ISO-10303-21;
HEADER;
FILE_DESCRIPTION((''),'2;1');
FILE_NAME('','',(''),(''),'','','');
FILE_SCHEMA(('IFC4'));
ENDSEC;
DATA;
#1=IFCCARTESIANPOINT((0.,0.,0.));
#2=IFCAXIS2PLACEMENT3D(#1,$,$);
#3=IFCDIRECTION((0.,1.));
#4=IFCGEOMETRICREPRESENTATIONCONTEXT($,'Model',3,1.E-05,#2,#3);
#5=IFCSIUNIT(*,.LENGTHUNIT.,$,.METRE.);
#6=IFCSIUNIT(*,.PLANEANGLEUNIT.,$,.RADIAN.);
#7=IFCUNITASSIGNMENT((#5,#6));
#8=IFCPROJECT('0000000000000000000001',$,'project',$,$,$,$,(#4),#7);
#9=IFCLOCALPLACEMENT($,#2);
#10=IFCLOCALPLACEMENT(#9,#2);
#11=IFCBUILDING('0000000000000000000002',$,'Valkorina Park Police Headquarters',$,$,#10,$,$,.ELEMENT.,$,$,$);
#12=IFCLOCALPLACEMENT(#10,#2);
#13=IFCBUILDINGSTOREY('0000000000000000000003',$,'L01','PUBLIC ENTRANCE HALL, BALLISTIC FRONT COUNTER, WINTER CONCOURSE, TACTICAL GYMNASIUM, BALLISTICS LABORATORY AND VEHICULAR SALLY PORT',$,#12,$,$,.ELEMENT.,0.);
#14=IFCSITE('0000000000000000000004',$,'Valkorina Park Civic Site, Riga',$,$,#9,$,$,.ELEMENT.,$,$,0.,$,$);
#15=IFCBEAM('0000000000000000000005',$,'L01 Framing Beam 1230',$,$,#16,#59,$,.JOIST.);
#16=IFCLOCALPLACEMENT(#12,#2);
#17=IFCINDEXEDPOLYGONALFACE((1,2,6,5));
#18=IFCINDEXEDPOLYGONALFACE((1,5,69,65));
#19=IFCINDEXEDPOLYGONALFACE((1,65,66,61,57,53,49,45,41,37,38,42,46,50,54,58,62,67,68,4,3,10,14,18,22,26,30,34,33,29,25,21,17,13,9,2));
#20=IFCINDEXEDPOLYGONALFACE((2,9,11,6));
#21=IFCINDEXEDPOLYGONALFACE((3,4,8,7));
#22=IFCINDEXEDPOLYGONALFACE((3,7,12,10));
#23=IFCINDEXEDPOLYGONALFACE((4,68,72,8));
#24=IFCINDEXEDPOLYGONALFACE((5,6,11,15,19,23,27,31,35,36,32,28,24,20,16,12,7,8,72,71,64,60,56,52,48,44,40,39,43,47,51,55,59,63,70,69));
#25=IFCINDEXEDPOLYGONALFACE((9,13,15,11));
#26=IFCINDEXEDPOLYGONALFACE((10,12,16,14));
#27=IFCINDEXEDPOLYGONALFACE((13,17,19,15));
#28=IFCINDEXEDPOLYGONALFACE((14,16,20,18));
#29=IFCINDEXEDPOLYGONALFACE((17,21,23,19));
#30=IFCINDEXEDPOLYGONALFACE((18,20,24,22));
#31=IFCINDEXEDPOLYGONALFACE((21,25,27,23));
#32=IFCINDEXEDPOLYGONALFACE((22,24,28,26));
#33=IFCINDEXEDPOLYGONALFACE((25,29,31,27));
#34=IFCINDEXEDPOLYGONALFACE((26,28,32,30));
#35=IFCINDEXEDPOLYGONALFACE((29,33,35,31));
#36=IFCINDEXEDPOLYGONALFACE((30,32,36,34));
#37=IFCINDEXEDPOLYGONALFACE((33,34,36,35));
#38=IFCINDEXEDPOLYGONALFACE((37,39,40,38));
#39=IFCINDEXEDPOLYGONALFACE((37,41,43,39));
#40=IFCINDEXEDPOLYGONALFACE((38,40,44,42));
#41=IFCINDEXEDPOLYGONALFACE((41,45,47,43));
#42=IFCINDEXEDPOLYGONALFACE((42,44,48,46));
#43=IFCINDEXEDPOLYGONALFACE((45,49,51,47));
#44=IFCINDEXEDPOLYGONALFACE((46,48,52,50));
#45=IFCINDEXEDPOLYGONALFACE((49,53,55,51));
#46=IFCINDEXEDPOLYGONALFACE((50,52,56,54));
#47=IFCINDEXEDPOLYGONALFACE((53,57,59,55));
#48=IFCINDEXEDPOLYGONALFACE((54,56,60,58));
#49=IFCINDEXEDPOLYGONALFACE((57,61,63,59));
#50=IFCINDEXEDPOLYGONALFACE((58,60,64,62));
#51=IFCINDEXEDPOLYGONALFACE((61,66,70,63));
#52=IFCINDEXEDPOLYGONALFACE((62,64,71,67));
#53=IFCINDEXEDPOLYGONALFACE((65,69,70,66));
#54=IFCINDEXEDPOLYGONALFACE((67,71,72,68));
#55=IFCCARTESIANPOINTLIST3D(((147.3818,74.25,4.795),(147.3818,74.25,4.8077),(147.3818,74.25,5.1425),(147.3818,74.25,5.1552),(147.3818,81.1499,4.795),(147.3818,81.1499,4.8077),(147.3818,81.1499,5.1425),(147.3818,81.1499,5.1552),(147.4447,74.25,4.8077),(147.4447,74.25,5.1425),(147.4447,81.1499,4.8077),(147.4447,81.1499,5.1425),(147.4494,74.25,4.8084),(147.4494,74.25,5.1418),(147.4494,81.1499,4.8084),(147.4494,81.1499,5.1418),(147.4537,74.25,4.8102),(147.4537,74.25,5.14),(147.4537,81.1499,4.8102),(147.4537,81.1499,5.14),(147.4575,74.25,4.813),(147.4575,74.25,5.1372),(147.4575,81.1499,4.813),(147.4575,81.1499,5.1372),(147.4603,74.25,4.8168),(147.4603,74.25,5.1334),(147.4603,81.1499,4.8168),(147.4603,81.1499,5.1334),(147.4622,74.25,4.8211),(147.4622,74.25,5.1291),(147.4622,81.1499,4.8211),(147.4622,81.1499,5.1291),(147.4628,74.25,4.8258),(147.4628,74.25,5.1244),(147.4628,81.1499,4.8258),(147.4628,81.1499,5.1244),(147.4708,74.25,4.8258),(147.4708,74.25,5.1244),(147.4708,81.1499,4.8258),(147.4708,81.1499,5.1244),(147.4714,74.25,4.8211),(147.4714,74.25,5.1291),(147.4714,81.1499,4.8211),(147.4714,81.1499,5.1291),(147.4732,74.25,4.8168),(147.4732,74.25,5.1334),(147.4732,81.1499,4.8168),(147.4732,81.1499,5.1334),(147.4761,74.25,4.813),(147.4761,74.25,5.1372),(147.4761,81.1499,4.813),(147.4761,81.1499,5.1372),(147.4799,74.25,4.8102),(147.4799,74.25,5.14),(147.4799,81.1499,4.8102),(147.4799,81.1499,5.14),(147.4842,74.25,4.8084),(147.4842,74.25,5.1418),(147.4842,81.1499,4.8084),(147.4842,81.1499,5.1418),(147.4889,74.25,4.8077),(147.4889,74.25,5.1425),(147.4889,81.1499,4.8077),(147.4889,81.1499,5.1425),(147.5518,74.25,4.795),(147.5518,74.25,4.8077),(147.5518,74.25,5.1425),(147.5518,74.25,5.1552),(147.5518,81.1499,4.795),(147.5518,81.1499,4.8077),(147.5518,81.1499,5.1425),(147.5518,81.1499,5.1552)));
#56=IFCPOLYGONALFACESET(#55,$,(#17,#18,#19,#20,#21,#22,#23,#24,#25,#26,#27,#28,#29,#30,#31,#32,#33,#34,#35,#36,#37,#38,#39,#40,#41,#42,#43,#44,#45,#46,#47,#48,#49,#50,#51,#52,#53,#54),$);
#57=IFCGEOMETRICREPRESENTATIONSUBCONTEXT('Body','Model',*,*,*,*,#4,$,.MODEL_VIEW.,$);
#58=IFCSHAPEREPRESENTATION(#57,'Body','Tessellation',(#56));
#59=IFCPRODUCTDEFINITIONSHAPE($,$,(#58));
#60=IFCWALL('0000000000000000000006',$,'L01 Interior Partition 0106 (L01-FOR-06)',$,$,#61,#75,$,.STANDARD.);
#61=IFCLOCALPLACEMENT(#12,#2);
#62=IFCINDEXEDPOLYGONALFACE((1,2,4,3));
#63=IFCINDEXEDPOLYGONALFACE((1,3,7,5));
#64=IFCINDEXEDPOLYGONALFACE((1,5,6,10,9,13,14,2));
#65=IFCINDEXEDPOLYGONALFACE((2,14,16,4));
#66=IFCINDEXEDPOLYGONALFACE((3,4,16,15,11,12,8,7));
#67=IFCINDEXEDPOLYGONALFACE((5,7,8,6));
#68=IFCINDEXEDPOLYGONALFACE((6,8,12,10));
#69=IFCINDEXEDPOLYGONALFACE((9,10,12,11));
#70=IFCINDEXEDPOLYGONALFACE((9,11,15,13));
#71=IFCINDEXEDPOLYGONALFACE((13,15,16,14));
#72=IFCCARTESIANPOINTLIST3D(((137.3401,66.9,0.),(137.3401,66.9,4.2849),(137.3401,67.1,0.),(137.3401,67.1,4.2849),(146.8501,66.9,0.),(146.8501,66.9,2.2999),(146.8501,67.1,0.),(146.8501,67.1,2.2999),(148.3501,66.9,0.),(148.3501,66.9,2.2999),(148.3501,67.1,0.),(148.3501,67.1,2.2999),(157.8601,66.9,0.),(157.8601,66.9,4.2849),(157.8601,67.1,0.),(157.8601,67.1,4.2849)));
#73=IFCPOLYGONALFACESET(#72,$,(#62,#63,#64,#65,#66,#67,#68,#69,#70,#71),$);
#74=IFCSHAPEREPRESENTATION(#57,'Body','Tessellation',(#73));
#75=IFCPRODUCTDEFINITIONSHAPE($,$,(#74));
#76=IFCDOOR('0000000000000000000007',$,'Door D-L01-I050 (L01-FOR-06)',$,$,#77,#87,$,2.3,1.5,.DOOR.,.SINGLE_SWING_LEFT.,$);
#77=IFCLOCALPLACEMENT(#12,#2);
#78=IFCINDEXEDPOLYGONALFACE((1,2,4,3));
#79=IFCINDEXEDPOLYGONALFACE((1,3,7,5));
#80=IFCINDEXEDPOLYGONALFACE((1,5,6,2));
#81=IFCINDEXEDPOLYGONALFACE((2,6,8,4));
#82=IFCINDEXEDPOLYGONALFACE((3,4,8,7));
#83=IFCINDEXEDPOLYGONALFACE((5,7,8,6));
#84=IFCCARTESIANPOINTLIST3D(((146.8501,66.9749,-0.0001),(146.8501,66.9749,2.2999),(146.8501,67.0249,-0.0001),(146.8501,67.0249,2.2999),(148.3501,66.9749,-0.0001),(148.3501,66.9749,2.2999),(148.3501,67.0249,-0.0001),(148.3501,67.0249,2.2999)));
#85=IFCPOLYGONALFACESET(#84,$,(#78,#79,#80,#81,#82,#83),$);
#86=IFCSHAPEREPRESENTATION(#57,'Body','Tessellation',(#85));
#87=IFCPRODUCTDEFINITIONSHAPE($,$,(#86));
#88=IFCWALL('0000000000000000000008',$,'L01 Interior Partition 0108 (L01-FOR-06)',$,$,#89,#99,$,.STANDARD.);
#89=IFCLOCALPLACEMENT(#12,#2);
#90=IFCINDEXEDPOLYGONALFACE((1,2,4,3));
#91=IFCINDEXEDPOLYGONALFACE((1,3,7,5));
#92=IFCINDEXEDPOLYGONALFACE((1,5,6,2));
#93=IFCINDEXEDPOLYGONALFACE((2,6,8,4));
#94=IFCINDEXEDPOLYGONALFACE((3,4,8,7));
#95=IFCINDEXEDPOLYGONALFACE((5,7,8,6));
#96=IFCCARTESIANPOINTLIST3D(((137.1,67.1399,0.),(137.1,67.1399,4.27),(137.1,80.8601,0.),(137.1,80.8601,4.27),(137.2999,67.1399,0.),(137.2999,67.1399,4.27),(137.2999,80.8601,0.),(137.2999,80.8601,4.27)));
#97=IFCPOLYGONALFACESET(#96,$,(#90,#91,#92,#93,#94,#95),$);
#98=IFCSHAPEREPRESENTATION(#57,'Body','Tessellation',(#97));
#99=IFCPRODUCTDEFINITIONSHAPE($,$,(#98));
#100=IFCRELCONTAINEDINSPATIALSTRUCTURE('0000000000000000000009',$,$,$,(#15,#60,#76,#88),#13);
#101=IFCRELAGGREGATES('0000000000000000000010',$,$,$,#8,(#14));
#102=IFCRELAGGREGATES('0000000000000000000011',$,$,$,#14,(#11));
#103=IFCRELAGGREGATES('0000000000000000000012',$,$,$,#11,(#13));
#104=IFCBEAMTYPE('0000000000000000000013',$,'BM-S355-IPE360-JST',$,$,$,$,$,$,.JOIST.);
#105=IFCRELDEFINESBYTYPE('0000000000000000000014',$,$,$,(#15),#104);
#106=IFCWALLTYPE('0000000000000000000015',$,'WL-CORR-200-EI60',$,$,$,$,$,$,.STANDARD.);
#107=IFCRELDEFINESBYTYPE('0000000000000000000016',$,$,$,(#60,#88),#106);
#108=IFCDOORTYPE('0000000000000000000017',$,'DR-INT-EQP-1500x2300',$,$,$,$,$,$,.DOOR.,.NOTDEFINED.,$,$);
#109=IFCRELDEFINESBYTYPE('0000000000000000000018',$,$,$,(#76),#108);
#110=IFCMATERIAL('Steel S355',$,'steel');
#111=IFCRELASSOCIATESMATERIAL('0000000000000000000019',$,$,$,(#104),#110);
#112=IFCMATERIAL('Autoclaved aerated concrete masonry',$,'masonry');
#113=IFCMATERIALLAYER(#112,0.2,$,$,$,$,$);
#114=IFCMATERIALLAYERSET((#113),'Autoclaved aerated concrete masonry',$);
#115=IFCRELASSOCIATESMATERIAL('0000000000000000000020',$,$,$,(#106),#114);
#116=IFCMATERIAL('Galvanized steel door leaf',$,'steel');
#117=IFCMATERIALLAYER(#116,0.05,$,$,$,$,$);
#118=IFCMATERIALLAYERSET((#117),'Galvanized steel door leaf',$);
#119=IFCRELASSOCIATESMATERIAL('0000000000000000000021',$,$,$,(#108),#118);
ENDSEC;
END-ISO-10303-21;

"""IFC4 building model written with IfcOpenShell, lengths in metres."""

from ifc_helpers import new_model, si_unit, direction, frame, frame_2d, origin, origin_2d, place, context, subcontext, project, spatial, rectangle, i_section, extrude, material, layer, layer_set, material_profile, profile_set, type_object, element, fill, save


model = new_model("IFC4")

# Units and contexts
model_context = context("Model", 3, precision=1e-05, world=origin(), true_north=direction((0.0, 1.0)))
body_context = subcontext(model_context, "Body", "Model", "MODEL_VIEW")
ifc_project = project(units=[si_unit("LENGTHUNIT", "METRE"), si_unit("PLANEANGLEUNIT", "RADIAN")], contexts=[model_context])

# Site, building, storey
site_placement = place(None, origin())
site = spatial("IfcSite", under=ifc_project, at=site_placement, Name="Valkorina Park Civic Site, Riga", CompositionType="ELEMENT", RefElevation=0.0)
building_placement = place(site_placement, origin())
building = spatial("IfcBuilding", under=site, at=building_placement, Name="Valkorina Park Police Headquarters", CompositionType="ELEMENT")
storey_placement = place(building_placement, origin())
storey = spatial("IfcBuildingStorey", under=building, at=storey_placement, Name="L01", Description="PUBLIC ENTRANCE HALL, BALLISTIC FRONT COUNTER, WINTER CONCOURSE, TACTICAL GYMNASIUM, BALLISTICS LABORATORY AND VEHICULAR SALLY PORT", CompositionType="ELEMENT", Elevation=0.0)

# Beam
ifc_material_1 = material(Name="Steel S355", Category="steel")
ifc_material_profile_1 = material_profile(ifc_material_1, i_section(OverallWidth=0.1699, OverallDepth=0.3601, WebThickness=0.0081, FlangeThickness=0.0127, FilletRadius=0.0181, at=origin_2d()), Name="IPE 360")
ifc_profile_set_1 = profile_set([ifc_material_profile_1], Name="Steel S355")
beam_type_1 = type_object("IfcBeamType", Name="BM-S355-IPE360-JST", PredefinedType="JOIST", material=ifc_profile_set_1)
for number, where, z_axis, x_axis, name in (
    (1, (147.4668, 74.25, 4.9751), (0.0, 1.0, 0.0), (-1.0, 0.0, 0.0), "L01 Framing Beam 1230"),
):
    element("IfcBeam", number, at=place(storey_placement, frame(where, z_axis=z_axis, x_axis=x_axis)), inside=storey, type_object=beam_type_1, Name=name, PredefinedType="JOIST", context=body_context, shape_type="SweptSolid", body=[
        extrude(i_section(OverallWidth=0.1699, OverallDepth=0.3601, WebThickness=0.0081, FlangeThickness=0.0127, FilletRadius=0.0181, at=origin_2d()), origin(), (0.0, 0.0, 1.0), 6.8999),
    ])

# Wall, opening, door
ifc_material_2 = material(Name="Autoclaved aerated concrete masonry", Category="masonry")
ifc_layer_1 = layer(ifc_material_2, 0.2)
ifc_layer_set_1 = layer_set([ifc_layer_1], Name="Autoclaved aerated concrete masonry")
wall_type = type_object("IfcWallType", Name="WL-CORR-200-EI60", PredefinedType="STANDARD", material=ifc_layer_set_1)
wall_1_placement = place(storey_placement, frame((137.3401, 67.0, 0.0), z_axis=(0.0, 0.0, 1.0), x_axis=(1.0, 0.0, 0.0)))
wall_1 = element("IfcWall", 2, at=wall_1_placement, inside=storey, type_object=wall_type, Name="L01 Interior Partition 0106 (L01-FOR-06)", PredefinedType="STANDARD", context=body_context, shape_type="SweptSolid", body=[
    extrude(rectangle(XDim=20.52, YDim=0.2, at=frame_2d((10.26, 0.0))), origin(), (0.0, 0.0, 1.0), 4.2849),
])
opening_placement = place(wall_1_placement, frame((9.51, 0.0, 0.0)))
opening = element("IfcOpeningElement", 3, at=opening_placement, cuts=wall_1, PredefinedType="OPENING", context=body_context, shape_type="SweptSolid", body=[
    extrude(rectangle(XDim=1.5, YDim=2.3, at=frame_2d((0.75, 1.1499))), frame((0.0, 0.1099, 0.0), z_axis=(0.0, -1.0, 0.0), x_axis=(1.0, 0.0, 0.0)), (0.0, 0.0, 1.0), 0.22),
])
ifc_material_3 = material(Name="Galvanized steel door leaf", Category="steel")
ifc_layer_2 = layer(ifc_material_3, 0.05)
ifc_layer_set_2 = layer_set([ifc_layer_2], Name="Galvanized steel door leaf")
door_type = type_object("IfcDoorType", Name="DR-INT-EQP-1500x2300", OperationType="NOTDEFINED", PredefinedType="DOOR", material=ifc_layer_set_2)
door_placement = place(opening_placement, origin())
door = element("IfcDoor", 4, at=door_placement, inside=storey, type_object=door_type, Name="Door D-L01-I050 (L01-FOR-06)", OperationType="SINGLE_SWING_LEFT", OverallHeight=2.3, OverallWidth=1.5, PredefinedType="DOOR", context=body_context, shape_type="SweptSolid", body=[
    extrude(rectangle(XDim=1.5, YDim=2.3, at=frame_2d((0.75, 1.1499))), frame((0.0, 0.0249, 0.0), z_axis=(0.0, -1.0, 0.0), x_axis=(1.0, 0.0, 0.0)), (0.0, 0.0, 1.0), 0.05),
])
fill(opening, door)

# Wall
wall_2_placement = place(storey_placement, frame((137.2, 67.1399, 0.0), z_axis=(0.0, 0.0, 1.0), x_axis=(0.0, 1.0, 0.0)))
element("IfcWall", 5, at=wall_2_placement, inside=storey, type_object=wall_type, Name="L01 Interior Partition 0108 (L01-FOR-06)", PredefinedType="STANDARD", context=body_context, shape_type="SweptSolid", body=[
    extrude(rectangle(XDim=13.7202, YDim=0.2, at=frame_2d((6.8601, 0.0))), origin(), (0.0, 0.0, 1.0), 4.27),
])

save(model, "model.ifc")
